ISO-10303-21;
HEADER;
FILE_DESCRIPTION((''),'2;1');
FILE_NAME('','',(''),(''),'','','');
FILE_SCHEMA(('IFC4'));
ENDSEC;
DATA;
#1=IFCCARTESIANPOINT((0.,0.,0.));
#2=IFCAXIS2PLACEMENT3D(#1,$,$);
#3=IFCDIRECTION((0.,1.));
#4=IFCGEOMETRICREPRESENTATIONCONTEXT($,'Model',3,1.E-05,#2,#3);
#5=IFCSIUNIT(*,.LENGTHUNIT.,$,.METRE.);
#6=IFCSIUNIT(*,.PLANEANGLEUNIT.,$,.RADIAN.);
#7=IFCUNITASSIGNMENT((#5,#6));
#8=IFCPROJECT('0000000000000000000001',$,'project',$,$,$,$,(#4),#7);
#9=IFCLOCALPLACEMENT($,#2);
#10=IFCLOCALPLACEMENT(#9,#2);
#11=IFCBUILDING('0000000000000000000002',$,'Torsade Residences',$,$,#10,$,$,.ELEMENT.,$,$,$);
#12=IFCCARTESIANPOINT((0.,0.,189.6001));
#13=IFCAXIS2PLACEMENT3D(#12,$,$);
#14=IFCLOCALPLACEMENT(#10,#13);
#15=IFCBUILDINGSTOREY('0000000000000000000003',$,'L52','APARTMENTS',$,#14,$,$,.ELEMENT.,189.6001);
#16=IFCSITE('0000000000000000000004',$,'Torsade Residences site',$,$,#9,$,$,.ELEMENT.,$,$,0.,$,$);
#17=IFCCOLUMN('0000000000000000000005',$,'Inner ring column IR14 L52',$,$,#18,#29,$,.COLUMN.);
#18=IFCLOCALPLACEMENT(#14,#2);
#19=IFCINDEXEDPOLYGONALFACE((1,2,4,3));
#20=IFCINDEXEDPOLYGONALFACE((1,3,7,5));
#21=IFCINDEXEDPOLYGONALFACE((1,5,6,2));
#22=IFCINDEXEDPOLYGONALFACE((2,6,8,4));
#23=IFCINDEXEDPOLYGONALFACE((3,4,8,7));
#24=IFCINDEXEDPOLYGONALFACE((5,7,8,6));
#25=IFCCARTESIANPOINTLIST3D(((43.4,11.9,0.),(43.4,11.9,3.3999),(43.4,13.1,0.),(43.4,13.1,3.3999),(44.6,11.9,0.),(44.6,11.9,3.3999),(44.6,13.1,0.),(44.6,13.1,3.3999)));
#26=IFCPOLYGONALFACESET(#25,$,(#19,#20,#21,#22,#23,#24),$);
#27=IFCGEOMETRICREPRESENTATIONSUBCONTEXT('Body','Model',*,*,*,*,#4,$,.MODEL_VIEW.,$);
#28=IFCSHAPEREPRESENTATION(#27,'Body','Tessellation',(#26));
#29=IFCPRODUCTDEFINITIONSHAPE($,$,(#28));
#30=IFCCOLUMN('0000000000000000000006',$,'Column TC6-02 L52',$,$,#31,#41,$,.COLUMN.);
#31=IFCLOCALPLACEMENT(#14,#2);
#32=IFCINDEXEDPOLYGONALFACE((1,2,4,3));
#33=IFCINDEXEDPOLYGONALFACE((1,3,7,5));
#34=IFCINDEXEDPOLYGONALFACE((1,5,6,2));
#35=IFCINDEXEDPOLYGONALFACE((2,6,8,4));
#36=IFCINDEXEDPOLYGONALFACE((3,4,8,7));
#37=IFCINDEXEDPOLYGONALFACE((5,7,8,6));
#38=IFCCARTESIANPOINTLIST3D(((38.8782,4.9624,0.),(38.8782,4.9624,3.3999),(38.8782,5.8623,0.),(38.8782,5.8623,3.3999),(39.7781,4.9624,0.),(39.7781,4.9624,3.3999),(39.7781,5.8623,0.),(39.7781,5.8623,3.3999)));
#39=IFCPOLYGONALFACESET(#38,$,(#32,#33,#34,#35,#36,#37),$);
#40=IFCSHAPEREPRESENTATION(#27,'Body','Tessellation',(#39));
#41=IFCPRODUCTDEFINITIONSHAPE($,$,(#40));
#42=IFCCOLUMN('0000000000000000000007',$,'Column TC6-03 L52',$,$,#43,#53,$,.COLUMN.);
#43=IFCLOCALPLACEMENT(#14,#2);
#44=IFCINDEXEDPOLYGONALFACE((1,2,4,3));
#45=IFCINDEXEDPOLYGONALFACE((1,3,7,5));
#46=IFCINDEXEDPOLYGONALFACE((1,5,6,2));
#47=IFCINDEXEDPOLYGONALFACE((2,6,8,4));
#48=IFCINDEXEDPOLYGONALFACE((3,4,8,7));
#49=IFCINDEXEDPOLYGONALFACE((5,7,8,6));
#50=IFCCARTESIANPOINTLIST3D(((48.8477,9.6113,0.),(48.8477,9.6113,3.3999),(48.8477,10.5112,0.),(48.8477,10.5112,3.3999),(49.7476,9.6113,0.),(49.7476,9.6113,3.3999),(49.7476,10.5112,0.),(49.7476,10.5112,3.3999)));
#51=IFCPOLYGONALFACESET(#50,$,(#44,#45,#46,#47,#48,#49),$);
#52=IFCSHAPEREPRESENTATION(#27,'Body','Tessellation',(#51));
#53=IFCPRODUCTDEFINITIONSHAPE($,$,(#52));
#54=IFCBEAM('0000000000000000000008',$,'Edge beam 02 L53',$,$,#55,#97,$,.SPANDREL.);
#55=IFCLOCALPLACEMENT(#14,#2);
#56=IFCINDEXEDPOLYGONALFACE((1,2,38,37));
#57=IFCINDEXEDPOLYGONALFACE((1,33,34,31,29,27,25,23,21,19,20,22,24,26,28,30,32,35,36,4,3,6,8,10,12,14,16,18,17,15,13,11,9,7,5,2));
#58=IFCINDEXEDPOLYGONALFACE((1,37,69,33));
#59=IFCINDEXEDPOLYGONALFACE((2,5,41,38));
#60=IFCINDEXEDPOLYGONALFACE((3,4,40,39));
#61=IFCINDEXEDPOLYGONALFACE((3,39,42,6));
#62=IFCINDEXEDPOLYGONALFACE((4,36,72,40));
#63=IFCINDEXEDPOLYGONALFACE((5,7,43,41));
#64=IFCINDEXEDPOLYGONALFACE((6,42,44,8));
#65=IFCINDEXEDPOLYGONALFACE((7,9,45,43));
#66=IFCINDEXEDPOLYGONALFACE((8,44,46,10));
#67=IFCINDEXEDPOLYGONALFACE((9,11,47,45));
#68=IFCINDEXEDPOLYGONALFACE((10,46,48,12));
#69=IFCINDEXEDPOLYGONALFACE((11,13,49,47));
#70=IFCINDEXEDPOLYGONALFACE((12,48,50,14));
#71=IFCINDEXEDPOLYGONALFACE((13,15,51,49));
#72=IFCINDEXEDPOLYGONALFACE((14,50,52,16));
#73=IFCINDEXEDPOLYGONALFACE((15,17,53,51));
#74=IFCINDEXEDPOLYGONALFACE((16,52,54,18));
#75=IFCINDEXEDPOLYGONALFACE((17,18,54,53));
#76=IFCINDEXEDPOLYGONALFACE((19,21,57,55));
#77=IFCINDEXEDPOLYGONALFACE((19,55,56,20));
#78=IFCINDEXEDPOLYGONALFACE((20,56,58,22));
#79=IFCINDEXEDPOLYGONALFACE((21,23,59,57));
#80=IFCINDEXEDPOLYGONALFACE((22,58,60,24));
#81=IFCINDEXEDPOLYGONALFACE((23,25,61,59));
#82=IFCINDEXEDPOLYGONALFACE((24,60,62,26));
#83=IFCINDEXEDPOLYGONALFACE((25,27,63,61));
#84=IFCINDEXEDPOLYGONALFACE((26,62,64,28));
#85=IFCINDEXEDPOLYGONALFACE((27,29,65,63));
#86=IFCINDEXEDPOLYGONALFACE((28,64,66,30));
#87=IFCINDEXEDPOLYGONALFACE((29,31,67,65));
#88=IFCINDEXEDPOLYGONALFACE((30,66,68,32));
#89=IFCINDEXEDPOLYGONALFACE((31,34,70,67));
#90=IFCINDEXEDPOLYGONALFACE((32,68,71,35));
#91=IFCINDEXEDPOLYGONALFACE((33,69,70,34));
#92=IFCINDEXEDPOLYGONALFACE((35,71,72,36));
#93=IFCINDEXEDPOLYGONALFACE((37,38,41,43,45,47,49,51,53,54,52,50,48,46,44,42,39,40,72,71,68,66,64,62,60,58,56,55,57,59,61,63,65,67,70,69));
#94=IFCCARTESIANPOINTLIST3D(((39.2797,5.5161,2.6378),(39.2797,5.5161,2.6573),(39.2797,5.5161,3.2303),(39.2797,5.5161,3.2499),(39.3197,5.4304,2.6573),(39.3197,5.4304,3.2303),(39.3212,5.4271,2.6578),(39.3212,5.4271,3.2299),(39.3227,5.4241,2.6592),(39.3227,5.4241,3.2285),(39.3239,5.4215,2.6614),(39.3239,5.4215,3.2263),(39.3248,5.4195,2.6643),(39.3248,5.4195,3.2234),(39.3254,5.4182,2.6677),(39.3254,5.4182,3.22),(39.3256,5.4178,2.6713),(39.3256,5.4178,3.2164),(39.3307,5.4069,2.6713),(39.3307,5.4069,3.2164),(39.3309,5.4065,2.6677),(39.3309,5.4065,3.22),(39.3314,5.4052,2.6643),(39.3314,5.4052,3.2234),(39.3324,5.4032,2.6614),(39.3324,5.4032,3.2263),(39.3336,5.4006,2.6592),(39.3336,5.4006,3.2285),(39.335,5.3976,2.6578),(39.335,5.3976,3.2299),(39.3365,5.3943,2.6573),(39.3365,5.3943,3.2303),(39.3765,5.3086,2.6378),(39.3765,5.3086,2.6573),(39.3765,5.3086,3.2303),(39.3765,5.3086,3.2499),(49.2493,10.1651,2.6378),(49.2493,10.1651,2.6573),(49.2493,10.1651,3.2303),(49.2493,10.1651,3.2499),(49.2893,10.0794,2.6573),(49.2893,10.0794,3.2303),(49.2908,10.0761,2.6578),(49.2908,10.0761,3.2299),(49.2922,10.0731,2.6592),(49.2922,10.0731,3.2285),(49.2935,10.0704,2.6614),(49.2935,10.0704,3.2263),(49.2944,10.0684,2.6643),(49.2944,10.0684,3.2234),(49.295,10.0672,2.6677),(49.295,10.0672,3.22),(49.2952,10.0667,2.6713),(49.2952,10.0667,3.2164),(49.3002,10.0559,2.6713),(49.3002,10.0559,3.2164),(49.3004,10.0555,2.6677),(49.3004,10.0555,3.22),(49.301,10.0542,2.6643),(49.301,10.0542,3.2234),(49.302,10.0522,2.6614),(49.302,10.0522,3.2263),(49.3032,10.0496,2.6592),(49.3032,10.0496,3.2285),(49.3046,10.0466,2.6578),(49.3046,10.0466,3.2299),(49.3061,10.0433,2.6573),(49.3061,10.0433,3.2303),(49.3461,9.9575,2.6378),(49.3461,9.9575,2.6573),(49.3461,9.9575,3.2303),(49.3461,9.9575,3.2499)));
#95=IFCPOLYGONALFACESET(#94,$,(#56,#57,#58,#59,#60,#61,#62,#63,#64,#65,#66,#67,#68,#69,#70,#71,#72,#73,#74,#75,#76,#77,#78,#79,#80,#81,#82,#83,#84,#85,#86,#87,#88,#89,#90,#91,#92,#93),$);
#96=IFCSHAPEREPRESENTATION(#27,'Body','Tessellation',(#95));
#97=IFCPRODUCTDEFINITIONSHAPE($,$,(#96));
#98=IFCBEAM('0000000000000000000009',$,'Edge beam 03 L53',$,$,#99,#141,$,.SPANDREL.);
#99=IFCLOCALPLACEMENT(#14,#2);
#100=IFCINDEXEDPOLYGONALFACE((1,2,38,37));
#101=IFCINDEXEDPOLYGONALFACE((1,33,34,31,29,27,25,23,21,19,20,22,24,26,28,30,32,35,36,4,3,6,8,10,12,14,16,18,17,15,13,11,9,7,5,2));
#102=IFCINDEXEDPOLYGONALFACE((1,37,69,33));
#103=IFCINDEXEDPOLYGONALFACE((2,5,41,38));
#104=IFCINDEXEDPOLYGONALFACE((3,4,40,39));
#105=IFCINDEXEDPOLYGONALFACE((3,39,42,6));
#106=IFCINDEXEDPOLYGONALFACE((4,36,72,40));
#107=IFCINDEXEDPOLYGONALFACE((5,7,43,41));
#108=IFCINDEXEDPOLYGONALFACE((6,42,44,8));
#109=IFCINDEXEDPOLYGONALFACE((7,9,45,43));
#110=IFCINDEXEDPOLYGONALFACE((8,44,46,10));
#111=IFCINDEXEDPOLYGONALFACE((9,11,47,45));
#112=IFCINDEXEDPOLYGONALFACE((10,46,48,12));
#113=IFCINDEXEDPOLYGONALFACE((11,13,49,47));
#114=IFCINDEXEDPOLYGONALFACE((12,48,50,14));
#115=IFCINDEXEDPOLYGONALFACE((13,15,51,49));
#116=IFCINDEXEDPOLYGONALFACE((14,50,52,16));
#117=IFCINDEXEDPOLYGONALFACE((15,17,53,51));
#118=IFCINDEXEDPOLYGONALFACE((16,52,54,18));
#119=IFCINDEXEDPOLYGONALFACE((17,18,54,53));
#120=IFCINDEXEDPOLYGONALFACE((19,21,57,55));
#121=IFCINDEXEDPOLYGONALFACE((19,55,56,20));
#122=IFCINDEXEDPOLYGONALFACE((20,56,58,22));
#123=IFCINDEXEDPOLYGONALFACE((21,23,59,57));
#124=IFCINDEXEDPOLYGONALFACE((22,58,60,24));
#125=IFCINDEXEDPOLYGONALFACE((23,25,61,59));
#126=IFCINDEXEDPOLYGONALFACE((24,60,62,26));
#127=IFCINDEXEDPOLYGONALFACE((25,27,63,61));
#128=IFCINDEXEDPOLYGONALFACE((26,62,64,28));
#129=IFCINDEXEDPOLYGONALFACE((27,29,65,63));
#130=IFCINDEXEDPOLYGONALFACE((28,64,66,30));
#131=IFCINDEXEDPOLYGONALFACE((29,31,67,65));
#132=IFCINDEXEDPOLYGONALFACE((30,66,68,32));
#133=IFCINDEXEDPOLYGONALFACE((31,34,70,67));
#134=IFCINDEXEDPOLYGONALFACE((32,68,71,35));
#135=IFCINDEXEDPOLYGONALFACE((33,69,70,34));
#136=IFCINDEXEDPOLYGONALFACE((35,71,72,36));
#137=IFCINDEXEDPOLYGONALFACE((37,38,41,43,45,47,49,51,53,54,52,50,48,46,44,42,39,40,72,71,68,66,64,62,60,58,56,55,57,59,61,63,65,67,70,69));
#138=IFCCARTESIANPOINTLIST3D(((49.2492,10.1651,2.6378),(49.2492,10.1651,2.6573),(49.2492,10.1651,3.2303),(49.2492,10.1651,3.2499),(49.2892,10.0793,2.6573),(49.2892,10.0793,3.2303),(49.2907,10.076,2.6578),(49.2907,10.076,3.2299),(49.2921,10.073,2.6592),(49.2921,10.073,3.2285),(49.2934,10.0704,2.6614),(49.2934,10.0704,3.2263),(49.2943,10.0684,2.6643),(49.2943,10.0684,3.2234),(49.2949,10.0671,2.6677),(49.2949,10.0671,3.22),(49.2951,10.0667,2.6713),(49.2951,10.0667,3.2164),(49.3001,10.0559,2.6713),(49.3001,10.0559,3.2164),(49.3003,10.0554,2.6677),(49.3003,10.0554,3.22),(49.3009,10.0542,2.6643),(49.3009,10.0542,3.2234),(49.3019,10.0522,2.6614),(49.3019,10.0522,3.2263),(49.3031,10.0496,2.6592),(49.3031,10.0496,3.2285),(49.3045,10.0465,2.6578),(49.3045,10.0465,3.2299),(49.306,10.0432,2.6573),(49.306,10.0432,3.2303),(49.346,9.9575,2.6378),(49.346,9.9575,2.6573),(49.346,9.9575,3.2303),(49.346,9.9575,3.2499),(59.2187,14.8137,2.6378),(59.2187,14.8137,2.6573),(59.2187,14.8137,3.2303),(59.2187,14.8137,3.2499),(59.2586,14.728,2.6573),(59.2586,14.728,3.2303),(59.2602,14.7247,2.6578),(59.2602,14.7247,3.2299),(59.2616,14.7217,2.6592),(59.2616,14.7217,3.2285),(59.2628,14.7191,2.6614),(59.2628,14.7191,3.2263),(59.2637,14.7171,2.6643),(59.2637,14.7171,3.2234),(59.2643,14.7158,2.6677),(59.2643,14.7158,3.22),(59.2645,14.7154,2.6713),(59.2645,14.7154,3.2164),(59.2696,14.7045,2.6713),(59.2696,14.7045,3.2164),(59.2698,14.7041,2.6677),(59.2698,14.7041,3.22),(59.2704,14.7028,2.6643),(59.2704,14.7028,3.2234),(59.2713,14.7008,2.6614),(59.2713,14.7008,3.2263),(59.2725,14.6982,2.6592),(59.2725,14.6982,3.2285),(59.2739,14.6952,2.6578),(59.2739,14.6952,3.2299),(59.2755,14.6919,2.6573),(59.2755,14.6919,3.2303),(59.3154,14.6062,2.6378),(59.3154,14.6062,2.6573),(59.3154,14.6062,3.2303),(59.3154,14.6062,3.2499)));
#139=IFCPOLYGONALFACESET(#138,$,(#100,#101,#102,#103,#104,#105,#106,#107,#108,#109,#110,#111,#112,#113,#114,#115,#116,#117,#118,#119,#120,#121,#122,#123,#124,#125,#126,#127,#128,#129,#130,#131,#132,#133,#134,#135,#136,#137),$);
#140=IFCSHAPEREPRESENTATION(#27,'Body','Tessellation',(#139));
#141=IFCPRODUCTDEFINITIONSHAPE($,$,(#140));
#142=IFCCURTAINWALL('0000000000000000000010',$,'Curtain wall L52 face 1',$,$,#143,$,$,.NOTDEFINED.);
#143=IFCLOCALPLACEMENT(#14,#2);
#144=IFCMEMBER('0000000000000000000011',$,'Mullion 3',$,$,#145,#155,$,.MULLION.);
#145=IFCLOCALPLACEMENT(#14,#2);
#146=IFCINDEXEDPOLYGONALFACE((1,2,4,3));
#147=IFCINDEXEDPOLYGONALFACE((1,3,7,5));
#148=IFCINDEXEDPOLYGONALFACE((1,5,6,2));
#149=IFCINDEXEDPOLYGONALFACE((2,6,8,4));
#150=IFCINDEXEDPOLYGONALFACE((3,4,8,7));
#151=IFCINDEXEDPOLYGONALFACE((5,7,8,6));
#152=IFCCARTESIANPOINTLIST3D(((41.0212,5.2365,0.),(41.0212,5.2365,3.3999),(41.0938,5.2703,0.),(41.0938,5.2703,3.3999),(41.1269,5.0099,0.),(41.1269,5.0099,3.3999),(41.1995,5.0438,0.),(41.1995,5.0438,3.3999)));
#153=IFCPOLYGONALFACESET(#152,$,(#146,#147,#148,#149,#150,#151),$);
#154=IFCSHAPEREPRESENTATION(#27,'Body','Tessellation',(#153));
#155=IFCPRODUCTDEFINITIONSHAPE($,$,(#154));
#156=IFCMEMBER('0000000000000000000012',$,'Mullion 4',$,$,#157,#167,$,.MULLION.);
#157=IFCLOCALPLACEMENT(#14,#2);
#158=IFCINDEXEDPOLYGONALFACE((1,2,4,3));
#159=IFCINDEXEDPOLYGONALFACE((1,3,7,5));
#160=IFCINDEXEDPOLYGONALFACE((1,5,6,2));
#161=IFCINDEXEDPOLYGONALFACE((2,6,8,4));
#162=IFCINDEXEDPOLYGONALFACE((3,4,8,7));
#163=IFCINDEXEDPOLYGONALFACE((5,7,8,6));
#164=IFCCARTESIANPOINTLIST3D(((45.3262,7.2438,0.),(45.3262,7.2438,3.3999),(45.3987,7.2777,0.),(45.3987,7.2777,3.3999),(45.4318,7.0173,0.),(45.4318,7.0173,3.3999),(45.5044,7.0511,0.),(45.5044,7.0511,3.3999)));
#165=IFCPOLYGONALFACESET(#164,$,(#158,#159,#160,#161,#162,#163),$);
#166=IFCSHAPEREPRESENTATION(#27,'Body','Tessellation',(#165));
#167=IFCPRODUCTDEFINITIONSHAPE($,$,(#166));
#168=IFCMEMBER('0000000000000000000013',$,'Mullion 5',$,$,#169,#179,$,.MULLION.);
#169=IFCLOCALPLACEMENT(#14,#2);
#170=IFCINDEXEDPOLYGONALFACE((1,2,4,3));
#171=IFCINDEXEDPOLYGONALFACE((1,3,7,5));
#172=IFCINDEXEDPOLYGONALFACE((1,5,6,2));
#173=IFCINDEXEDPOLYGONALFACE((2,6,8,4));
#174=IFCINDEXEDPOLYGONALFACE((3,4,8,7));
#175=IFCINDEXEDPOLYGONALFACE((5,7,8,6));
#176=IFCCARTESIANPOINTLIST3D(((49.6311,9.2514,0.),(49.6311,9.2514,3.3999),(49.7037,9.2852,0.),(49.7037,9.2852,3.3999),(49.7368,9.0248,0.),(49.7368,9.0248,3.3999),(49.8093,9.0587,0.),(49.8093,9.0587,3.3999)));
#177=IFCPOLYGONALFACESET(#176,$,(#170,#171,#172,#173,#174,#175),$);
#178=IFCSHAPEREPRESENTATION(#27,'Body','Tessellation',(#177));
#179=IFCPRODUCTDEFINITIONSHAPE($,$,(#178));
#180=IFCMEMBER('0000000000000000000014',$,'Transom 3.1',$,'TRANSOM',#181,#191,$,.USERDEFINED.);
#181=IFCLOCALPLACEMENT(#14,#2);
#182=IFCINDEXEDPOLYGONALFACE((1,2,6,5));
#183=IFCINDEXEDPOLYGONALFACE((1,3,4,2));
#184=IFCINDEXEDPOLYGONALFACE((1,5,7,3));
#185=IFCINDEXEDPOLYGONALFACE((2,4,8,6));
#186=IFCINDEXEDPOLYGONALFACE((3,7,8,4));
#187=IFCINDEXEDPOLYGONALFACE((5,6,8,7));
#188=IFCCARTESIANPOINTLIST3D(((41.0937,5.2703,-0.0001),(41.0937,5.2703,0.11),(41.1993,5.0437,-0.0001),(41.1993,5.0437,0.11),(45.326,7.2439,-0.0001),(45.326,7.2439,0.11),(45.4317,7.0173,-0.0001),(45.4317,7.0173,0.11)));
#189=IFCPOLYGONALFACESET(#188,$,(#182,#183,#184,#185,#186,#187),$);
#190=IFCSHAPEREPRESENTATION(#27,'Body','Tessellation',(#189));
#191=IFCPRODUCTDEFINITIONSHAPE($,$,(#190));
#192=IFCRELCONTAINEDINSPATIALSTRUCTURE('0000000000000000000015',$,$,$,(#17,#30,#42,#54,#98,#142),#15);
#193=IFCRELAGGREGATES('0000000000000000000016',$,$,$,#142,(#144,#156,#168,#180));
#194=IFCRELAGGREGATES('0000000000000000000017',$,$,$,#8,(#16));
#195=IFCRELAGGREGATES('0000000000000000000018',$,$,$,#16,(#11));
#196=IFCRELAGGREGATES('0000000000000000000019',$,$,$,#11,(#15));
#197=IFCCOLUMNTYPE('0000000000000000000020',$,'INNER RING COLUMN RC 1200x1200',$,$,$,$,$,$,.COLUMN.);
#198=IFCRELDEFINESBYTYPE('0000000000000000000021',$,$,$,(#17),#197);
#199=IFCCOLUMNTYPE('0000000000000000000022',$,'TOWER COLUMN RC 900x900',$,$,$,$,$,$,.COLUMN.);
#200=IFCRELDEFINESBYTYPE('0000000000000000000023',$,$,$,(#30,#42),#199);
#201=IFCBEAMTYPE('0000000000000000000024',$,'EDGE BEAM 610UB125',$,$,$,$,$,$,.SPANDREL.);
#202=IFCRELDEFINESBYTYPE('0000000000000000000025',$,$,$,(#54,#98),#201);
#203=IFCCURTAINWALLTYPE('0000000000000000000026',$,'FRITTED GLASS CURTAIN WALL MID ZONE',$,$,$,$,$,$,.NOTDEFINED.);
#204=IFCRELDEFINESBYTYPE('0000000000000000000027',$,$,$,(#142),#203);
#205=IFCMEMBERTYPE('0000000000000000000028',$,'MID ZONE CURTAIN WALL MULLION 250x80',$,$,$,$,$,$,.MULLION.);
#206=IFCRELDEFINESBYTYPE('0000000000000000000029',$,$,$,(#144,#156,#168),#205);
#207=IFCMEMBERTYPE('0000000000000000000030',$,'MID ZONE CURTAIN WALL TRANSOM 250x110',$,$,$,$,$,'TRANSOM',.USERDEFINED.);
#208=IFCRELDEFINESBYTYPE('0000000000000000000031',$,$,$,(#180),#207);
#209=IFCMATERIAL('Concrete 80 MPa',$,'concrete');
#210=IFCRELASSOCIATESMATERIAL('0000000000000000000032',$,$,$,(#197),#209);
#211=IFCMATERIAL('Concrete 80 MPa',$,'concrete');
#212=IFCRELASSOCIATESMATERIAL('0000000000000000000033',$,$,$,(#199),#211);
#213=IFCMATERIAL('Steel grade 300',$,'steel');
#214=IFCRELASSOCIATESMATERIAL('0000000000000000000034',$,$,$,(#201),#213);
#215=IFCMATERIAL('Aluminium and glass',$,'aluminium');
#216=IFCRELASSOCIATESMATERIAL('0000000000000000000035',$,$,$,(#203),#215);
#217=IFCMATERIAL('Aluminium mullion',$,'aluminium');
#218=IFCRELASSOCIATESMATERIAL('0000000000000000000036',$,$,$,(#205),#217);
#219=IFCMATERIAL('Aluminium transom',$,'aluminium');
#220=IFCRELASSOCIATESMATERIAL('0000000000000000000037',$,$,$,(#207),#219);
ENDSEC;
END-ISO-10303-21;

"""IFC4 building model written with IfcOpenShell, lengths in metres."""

from ifc_helpers import new_model, si_unit, direction, frame, origin, origin_2d, place, context, subcontext, project, spatial, rectangle, i_section, extrude, material, material_profile, profile_set, type_object, element, aggregate, save


model = new_model("IFC4")

# Units and contexts
model_context = context("Model", 3, precision=1e-05, world=origin(), true_north=direction((0.0, 1.0)))
body_context = subcontext(model_context, "Body", "Model", "MODEL_VIEW")
ifc_project = project(units=[si_unit("LENGTHUNIT", "METRE"), si_unit("PLANEANGLEUNIT", "RADIAN")], contexts=[model_context])

# Site, building, storey
site_placement = place(None, origin())
site = spatial("IfcSite", under=ifc_project, at=site_placement, Name="Torsade Residences site", CompositionType="ELEMENT", RefElevation=0.0)
building_placement = place(site_placement, origin())
building = spatial("IfcBuilding", under=site, at=building_placement, Name="Torsade Residences", CompositionType="ELEMENT")
storey_placement = place(building_placement, frame((0.0, 0.0, 189.6001)))
storey = spatial("IfcBuildingStorey", under=building, at=storey_placement, Name="L52", Description="APARTMENTS", CompositionType="ELEMENT", Elevation=189.6001)

# Columns
ifc_material_1 = material(Name="Concrete 80 MPa", Category="concrete")
ifc_material_profile_1 = material_profile(ifc_material_1, rectangle(XDim=1.2, YDim=1.2, at=origin_2d()), Name="RC 1200x1200")
ifc_profile_set_1 = profile_set([ifc_material_profile_1], Name="Concrete 80 MPa")
column_type_1 = type_object("IfcColumnType", Name="INNER RING COLUMN RC 1200x1200", PredefinedType="COLUMN", material=ifc_profile_set_1)
column_placement = place(storey_placement, frame((44.0, 12.5, 0.0), z_axis=(0.0, 0.0, 1.0), x_axis=(1.0, 0.0, 0.0)))
element("IfcColumn", 1, at=column_placement, inside=storey, type_object=column_type_1, Name="Inner ring column IR14 L52", PredefinedType="COLUMN", context=body_context, shape_type="SweptSolid", body=[
    extrude(rectangle(XDim=1.2, YDim=1.2, at=origin_2d()), origin(), (0.0, 0.0, 1.0), 3.3999),
])
ifc_material_2 = material(Name="Concrete 80 MPa", Category="concrete")
ifc_material_profile_2 = material_profile(ifc_material_2, rectangle(XDim=0.8999, YDim=0.8999, at=origin_2d()), Name="RC 900x900")
ifc_profile_set_2 = profile_set([ifc_material_profile_2], Name="Concrete 80 MPa")
column_type_2 = type_object("IfcColumnType", Name="TOWER COLUMN RC 900x900", PredefinedType="COLUMN", material=ifc_profile_set_2)
for number, where, z_axis, x_axis, name in (
    (2, (39.3281, 5.4124, 0.0), (0.0, 0.0, 1.0), (1.0, 0.0, 0.0), "Column TC6-02 L52"),
    (3, (49.2976, 10.0613, 0.0), (0.0, 0.0, 1.0), (1.0, 0.0, 0.0), "Column TC6-03 L52"),
):
    element("IfcColumn", number, at=place(storey_placement, frame(where, z_axis=z_axis, x_axis=x_axis)), inside=storey, type_object=column_type_2, Name=name, PredefinedType="COLUMN", context=body_context, shape_type="SweptSolid", body=[
        extrude(rectangle(XDim=0.8999, YDim=0.8999, at=origin_2d()), origin(), (0.0, 0.0, 1.0), 3.3999),
    ])

# Beams
ifc_material_3 = material(Name="Steel grade 300", Category="steel")
ifc_material_profile_3 = material_profile(ifc_material_3, i_section(OverallWidth=0.229, OverallDepth=0.6121, WebThickness=0.012, FlangeThickness=0.0195, FilletRadius=0.0139, at=origin_2d()), Name="610UB125")
ifc_profile_set_3 = profile_set([ifc_material_profile_3], Name="Steel grade 300")
beam_type_1 = type_object("IfcBeamType", Name="EDGE BEAM 610UB125", PredefinedType="SPANDREL", material=ifc_profile_set_3)
beam_1_placement = place(storey_placement, frame((39.3281, 5.4124, 2.9438), z_axis=(0.906305, 0.422624, 0.0), x_axis=(-0.422624, 0.906305, 0.0)))
element("IfcBeam", 4, at=beam_1_placement, inside=storey, type_object=beam_type_1, Name="Edge beam 02 L53", PredefinedType="SPANDREL", context=body_context, shape_type="SweptSolid", body=[
    extrude(i_section(OverallWidth=0.229, OverallDepth=0.6121, WebThickness=0.012, FlangeThickness=0.0195, FilletRadius=0.0139, at=origin_2d()), origin(), (0.0, 0.0, 1.0), 11.0002),
])
beam_2_placement = place(storey_placement, frame((49.2976, 10.0613, 2.9438), z_axis=(0.906314, 0.422606, 0.0), x_axis=(-0.422606, 0.906314, 0.0)))
element("IfcBeam", 5, at=beam_2_placement, inside=storey, type_object=beam_type_1, Name="Edge beam 03 L53", PredefinedType="SPANDREL", context=body_context, shape_type="SweptSolid", body=[
    extrude(i_section(OverallWidth=0.229, OverallDepth=0.6121, WebThickness=0.012, FlangeThickness=0.0195, FilletRadius=0.0139, at=origin_2d()), origin(), (0.0, 0.0, 1.0), 11.0),
])

# Curtain wall, members
ifc_material_4 = material(Name="Aluminium and glass", Category="aluminium")
curtain_wall_type = type_object("IfcCurtainWallType", Name="FRITTED GLASS CURTAIN WALL MID ZONE", PredefinedType="NOTDEFINED", material=ifc_material_4)
curtain_wall_placement = place(storey_placement, origin())
curtain_wall = element("IfcCurtainWall", 6, at=curtain_wall_placement, inside=storey, type_object=curtain_wall_type, Name="Curtain wall L52 face 1", PredefinedType="NOTDEFINED")
ifc_material_5 = material(Name="Aluminium mullion", Category="aluminium")
ifc_material_profile_4 = material_profile(ifc_material_5, rectangle(XDim=0.25, YDim=0.0801, at=origin_2d()), Name="MID ZONE CURTAIN WALL MULLION 250x80")
ifc_profile_set_4 = profile_set([ifc_material_profile_4], Name="Aluminium mullion")
member_type_1 = type_object("IfcMemberType", Name="MID ZONE CURTAIN WALL MULLION 250x80", PredefinedType="MULLION", material=ifc_profile_set_4)
member_1_placement = place(storey_placement, frame((41.1104, 5.1401, 0.0), z_axis=(0.0, 0.0, 1.0), x_axis=(-0.422618, 0.906308, 0.0)))
member_1 = element("IfcMember", 7, at=member_1_placement, type_object=member_type_1, Name="Mullion 3", PredefinedType="MULLION", context=body_context, shape_type="SweptSolid", body=[
    extrude(rectangle(XDim=0.25, YDim=0.0801, at=origin_2d()), origin(), (0.0, 0.0, 1.0), 3.3999),
])
member_2_placement = place(storey_placement, frame((45.4153, 7.1475, 0.0), z_axis=(0.0, 0.0, 1.0), x_axis=(-0.422618, 0.906308, 0.0)))
member_2 = element("IfcMember", 8, at=member_2_placement, type_object=member_type_1, Name="Mullion 4", PredefinedType="MULLION", context=body_context, shape_type="SweptSolid", body=[
    extrude(rectangle(XDim=0.25, YDim=0.0801, at=origin_2d()), origin(), (0.0, 0.0, 1.0), 3.3999),
])
member_3_placement = place(storey_placement, frame((49.7202, 9.155, 0.0), z_axis=(0.0, 0.0, 1.0), x_axis=(-0.422618, 0.906308, 0.0)))
member_3 = element("IfcMember", 9, at=member_3_placement, type_object=member_type_1, Name="Mullion 5", PredefinedType="MULLION", context=body_context, shape_type="SweptSolid", body=[
    extrude(rectangle(XDim=0.25, YDim=0.0801, at=origin_2d()), origin(), (0.0, 0.0, 1.0), 3.3999),
])
ifc_material_6 = material(Name="Aluminium transom", Category="aluminium")
ifc_material_profile_5 = material_profile(ifc_material_6, rectangle(XDim=0.25, YDim=0.1101, at=origin_2d()), Name="MID ZONE CURTAIN WALL TRANSOM 250x110")
ifc_profile_set_5 = profile_set([ifc_material_profile_5], Name="Aluminium transom")
member_type_2 = type_object("IfcMemberType", Name="MID ZONE CURTAIN WALL TRANSOM 250x110", ElementType="TRANSOM", PredefinedType="USERDEFINED", material=ifc_profile_set_5)
member_4_placement = place(storey_placement, frame((41.1465, 5.157, 0.0549), z_axis=(0.906306, 0.422622, 0.0), x_axis=(-0.422622, 0.906306, 0.0)))
member_4 = element("IfcMember", 10, at=member_4_placement, type_object=member_type_2, Name="Transom 3.1", ObjectType="TRANSOM", PredefinedType="USERDEFINED", context=body_context, shape_type="SweptSolid", body=[
    extrude(rectangle(XDim=0.25, YDim=0.1101, at=origin_2d()), origin(), (0.0, 0.0, 1.0), 4.6699),
])

aggregate(curtain_wall, [member_1, member_2, member_3, member_4])

save(model, "model.ifc")
